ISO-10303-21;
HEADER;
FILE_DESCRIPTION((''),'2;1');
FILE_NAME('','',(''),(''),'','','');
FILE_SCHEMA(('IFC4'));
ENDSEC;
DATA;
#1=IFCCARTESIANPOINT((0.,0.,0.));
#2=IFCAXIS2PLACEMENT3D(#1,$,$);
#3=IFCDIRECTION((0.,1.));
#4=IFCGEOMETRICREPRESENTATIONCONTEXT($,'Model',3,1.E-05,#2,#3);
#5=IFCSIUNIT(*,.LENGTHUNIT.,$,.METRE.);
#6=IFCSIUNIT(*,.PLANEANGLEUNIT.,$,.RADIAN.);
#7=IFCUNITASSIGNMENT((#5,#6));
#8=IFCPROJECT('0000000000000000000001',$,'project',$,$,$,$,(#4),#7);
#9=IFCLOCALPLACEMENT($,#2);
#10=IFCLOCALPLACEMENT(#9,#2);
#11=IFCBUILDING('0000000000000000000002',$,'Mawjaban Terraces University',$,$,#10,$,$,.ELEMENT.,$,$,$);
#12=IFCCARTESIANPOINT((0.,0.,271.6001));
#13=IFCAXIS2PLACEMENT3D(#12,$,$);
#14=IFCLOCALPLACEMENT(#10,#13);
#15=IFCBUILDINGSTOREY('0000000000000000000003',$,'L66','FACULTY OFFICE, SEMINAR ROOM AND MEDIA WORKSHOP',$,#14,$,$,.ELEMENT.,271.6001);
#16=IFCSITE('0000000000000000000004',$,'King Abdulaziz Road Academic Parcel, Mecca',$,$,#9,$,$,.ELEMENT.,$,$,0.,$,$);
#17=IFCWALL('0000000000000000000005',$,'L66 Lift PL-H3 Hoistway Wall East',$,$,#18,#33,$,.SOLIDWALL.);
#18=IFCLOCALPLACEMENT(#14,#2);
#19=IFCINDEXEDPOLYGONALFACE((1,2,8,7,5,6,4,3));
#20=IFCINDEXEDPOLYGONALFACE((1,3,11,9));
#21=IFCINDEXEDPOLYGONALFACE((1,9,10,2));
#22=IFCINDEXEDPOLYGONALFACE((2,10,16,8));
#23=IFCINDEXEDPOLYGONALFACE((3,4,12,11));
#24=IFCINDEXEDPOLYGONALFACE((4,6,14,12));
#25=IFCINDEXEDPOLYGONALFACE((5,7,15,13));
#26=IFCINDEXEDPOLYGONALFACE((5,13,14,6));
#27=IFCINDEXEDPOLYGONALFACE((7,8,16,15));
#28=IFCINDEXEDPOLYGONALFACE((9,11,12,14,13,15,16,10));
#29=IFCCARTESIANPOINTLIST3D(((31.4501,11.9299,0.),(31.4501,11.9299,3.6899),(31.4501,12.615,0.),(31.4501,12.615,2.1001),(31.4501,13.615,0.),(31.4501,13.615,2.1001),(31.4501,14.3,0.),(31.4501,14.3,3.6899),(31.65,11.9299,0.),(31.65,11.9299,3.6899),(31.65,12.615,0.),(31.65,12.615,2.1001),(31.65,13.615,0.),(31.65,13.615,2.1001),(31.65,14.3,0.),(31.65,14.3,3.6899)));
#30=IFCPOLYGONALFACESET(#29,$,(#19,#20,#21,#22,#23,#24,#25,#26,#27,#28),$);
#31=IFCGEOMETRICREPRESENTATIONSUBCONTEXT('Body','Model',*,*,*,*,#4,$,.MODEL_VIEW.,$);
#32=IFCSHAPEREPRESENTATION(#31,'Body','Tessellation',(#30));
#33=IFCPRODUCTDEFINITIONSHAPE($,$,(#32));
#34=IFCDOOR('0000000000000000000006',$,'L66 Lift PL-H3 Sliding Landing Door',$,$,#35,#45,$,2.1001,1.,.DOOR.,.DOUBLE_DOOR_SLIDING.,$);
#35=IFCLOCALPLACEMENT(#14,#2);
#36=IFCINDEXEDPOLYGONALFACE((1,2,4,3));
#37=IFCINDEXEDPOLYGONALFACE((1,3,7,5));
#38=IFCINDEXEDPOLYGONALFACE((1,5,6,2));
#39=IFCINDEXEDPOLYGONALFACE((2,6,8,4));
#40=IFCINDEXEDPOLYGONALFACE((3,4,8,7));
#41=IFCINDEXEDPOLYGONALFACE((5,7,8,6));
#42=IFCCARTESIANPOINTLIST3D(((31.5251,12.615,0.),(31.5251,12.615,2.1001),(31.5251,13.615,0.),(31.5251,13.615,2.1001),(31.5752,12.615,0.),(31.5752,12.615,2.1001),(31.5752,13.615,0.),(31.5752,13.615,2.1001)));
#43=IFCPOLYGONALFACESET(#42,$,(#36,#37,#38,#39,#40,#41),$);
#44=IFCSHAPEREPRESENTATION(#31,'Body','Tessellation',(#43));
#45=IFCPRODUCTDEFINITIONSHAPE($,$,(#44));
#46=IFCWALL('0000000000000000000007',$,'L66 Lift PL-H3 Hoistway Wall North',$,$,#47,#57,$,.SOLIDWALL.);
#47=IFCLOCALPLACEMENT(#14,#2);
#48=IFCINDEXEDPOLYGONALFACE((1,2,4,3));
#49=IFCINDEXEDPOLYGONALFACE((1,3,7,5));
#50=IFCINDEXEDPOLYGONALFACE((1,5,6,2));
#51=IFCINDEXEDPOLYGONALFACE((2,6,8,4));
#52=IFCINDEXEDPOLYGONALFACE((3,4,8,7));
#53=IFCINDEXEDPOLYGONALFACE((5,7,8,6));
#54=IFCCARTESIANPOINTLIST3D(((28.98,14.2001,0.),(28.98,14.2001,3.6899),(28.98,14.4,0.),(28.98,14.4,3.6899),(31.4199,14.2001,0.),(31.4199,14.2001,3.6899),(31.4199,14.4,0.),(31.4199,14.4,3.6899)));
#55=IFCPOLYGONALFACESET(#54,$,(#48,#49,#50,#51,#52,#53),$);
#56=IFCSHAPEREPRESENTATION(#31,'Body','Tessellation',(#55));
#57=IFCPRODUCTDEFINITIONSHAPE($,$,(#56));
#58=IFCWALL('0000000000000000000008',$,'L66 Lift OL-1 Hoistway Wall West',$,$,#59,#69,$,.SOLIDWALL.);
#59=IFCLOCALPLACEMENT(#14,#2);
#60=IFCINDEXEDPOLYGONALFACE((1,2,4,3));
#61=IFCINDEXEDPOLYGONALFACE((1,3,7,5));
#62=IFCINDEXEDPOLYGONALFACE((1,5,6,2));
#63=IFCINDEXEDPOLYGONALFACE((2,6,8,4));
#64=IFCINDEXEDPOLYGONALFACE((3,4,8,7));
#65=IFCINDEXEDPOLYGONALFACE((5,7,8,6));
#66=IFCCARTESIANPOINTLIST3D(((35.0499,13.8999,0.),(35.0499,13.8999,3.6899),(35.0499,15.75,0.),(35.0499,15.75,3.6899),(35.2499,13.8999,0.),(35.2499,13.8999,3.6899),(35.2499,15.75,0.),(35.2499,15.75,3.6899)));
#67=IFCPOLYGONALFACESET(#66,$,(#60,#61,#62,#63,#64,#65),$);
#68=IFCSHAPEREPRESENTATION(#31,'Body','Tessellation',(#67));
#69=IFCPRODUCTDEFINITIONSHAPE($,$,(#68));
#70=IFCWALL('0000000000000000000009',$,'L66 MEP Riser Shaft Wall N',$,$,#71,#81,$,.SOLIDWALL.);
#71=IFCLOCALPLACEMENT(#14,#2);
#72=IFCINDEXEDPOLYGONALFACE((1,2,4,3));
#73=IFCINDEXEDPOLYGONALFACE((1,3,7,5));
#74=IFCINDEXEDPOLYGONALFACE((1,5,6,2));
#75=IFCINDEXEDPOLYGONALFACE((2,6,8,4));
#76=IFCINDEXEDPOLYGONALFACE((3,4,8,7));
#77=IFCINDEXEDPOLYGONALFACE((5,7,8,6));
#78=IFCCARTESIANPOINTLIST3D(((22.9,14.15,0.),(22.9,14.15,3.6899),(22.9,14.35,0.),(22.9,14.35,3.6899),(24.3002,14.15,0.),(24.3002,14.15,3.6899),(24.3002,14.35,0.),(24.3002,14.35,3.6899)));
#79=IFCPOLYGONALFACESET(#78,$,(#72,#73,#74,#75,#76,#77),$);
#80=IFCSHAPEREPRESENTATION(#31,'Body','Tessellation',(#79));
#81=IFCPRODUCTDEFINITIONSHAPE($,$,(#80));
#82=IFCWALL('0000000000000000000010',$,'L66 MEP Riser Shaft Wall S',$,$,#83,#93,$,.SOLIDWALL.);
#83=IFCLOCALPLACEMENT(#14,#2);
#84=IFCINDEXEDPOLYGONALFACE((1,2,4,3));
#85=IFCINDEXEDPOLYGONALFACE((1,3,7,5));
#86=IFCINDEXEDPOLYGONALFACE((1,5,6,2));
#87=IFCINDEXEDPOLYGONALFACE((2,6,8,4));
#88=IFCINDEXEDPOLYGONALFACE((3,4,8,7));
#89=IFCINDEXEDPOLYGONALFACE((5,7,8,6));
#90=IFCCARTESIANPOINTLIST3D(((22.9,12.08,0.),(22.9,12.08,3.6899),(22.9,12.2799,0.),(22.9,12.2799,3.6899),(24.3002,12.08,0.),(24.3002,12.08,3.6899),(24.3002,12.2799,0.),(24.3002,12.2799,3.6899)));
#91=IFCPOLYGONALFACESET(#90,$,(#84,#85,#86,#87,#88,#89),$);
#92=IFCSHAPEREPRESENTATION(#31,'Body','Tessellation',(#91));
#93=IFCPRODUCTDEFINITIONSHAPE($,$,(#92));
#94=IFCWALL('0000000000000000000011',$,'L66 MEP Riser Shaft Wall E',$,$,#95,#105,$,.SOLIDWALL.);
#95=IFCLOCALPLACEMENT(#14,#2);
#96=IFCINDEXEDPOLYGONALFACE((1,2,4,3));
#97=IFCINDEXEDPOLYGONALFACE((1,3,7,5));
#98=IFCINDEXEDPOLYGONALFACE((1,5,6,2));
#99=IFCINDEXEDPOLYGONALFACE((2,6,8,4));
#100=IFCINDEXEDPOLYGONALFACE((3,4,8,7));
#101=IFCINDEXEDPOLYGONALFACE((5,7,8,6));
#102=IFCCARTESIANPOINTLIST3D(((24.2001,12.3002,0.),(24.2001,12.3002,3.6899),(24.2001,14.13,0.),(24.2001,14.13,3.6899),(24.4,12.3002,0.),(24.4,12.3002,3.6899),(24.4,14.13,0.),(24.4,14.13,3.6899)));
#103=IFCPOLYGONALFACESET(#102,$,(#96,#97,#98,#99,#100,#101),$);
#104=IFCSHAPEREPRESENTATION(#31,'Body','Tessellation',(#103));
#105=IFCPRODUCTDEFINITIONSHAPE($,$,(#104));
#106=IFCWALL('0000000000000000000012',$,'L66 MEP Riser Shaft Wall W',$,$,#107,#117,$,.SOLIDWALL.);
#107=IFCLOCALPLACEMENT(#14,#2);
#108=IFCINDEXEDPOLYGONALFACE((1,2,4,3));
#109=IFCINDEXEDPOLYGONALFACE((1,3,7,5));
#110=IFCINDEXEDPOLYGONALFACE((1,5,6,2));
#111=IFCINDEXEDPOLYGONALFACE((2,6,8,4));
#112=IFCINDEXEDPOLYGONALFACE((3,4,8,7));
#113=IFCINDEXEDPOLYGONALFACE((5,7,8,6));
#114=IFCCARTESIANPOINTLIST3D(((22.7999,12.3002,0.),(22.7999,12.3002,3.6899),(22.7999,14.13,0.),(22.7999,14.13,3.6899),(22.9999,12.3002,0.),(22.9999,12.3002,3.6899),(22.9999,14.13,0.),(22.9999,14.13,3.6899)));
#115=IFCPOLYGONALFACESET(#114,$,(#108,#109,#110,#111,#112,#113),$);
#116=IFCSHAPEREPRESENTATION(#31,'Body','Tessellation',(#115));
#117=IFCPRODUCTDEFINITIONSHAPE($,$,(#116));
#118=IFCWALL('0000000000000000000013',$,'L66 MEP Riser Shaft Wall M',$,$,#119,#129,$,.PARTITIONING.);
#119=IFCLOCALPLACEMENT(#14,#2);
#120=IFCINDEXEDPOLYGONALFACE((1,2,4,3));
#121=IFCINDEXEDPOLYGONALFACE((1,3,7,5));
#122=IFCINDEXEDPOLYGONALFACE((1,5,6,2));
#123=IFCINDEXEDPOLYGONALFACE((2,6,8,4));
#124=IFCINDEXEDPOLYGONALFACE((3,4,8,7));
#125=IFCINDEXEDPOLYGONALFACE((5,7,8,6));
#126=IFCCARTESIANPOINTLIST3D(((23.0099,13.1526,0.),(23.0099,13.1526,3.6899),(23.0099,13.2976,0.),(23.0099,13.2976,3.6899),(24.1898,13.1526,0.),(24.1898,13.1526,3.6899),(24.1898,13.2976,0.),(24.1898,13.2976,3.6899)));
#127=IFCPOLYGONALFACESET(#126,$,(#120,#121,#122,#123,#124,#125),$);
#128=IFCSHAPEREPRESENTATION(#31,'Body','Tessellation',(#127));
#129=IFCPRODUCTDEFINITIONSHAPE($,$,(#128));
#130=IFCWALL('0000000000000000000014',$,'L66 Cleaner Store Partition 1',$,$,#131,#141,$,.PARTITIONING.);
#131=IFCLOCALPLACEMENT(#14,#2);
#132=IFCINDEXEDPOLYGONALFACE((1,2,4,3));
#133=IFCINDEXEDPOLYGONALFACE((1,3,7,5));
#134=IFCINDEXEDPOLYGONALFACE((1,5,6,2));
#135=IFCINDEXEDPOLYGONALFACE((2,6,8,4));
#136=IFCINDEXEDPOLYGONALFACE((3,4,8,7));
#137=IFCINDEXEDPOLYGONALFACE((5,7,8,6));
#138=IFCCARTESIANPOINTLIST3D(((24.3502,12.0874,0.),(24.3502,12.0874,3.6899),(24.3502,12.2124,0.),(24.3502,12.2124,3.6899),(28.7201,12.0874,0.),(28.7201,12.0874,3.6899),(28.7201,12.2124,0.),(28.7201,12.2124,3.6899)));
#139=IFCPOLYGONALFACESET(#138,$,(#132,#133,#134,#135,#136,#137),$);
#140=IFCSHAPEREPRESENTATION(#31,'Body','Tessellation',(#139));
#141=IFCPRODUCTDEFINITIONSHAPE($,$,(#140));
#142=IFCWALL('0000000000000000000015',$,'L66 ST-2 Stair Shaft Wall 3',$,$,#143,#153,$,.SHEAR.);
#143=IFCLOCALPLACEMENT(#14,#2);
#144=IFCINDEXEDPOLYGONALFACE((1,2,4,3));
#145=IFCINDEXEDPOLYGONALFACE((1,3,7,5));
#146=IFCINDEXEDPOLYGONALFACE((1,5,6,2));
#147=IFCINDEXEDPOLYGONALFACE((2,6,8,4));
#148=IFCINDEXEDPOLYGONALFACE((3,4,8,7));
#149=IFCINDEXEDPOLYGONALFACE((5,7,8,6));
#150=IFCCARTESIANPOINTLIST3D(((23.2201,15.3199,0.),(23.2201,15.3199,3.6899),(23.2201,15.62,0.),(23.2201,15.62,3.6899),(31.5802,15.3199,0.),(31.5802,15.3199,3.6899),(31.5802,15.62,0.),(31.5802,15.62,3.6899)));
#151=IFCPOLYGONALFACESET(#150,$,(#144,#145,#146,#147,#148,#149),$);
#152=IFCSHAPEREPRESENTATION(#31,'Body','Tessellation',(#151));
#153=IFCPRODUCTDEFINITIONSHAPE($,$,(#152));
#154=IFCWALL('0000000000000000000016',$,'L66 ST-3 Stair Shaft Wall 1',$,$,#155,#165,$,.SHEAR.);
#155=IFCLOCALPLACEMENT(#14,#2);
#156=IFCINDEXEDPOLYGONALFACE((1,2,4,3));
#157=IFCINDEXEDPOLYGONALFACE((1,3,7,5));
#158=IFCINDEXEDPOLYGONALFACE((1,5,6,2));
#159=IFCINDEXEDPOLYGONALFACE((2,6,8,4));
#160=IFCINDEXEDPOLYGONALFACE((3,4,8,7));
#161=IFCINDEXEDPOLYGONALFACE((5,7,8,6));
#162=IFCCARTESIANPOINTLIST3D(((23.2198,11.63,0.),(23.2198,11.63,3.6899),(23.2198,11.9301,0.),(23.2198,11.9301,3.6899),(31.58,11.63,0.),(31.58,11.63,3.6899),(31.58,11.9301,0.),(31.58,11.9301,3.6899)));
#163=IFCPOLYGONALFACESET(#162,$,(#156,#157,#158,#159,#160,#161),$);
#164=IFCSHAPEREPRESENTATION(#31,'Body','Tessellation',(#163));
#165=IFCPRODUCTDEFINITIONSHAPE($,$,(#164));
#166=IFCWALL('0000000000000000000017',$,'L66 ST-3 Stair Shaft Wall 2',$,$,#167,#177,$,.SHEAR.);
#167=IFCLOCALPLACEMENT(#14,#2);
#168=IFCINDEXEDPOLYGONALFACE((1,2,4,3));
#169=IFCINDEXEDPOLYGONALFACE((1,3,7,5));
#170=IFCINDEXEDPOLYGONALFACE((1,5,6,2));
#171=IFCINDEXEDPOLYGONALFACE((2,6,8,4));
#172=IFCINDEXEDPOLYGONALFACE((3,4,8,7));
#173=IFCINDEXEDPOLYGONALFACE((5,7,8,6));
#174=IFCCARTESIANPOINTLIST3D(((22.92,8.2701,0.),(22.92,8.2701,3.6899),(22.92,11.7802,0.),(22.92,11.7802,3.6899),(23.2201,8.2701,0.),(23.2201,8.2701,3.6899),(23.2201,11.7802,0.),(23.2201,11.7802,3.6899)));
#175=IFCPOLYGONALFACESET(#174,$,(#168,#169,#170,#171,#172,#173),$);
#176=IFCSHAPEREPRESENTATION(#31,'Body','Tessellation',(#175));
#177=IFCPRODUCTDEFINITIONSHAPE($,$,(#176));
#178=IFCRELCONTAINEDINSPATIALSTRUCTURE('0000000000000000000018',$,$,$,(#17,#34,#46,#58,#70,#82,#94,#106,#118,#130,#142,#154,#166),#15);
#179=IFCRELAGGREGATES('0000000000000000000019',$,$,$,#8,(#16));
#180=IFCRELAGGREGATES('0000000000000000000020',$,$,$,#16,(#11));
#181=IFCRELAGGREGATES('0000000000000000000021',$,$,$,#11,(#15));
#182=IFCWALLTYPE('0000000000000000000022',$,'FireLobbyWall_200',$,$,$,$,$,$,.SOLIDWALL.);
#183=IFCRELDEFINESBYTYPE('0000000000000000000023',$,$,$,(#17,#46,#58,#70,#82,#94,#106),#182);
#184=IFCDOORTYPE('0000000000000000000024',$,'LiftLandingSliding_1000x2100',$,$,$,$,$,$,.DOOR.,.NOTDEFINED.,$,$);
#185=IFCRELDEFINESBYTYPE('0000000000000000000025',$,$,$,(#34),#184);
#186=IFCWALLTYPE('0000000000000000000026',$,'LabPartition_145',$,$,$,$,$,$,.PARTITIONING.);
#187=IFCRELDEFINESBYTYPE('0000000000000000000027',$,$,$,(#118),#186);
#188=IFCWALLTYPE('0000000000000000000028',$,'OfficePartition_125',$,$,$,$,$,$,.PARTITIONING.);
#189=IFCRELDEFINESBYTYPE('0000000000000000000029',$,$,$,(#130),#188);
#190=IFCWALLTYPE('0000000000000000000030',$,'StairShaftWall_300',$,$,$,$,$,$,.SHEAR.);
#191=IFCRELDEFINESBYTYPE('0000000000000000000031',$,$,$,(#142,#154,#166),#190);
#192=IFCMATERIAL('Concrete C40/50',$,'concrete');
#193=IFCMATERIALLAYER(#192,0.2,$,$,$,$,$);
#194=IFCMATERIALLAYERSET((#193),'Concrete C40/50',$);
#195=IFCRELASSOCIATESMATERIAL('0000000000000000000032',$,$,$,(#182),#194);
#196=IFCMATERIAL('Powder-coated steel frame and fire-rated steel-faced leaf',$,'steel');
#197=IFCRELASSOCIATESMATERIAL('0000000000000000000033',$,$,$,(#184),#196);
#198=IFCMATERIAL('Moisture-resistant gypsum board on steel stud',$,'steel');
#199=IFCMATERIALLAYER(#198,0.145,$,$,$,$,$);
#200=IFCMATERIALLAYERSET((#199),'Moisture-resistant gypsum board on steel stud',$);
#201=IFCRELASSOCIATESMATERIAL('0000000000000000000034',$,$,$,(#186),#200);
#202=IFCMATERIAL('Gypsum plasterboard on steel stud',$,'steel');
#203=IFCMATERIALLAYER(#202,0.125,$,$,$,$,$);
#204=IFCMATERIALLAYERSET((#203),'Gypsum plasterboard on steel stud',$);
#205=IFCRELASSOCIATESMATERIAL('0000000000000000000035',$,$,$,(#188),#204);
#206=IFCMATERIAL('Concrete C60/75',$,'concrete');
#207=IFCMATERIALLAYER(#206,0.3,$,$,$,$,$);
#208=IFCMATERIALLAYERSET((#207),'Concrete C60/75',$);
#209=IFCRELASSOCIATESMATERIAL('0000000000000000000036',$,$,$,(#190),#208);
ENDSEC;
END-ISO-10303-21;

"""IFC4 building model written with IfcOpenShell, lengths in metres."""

from ifc_helpers import new_model, si_unit, direction, frame, frame_2d, origin, place, context, subcontext, project, spatial, rectangle, extrude, material, layer, layer_set, type_object, element, fill, save


model = new_model("IFC4")

# Units and contexts
model_context = context("Model", 3, precision=1e-05, world=origin(), true_north=direction((0.0, 1.0)))
body_context = subcontext(model_context, "Body", "Model", "MODEL_VIEW")
ifc_project = project(units=[si_unit("LENGTHUNIT", "METRE"), si_unit("PLANEANGLEUNIT", "RADIAN")], contexts=[model_context])

# Site, building, storey
site_placement = place(None, origin())
site = spatial("IfcSite", under=ifc_project, at=site_placement, Name="King Abdulaziz Road Academic Parcel, Mecca", CompositionType="ELEMENT", RefElevation=0.0)
building_placement = place(site_placement, origin())
building = spatial("IfcBuilding", under=site, at=building_placement, Name="Mawjaban Terraces University", CompositionType="ELEMENT")
storey_placement = place(building_placement, frame((0.0, 0.0, 271.6001)))
storey = spatial("IfcBuildingStorey", under=building, at=storey_placement, Name="L66", Description="FACULTY OFFICE, SEMINAR ROOM AND MEDIA WORKSHOP", CompositionType="ELEMENT", Elevation=271.6001)

# Shared definitions
ifc_material_1 = material(Name="Concrete C40/50", Category="concrete")
ifc_layer_1 = layer(ifc_material_1, 0.2)
ifc_layer_set_1 = layer_set([ifc_layer_1], Name="Concrete C40/50")
wall_type_1 = type_object("IfcWallType", Name="FireLobbyWall_200", PredefinedType="SOLIDWALL", material=ifc_layer_set_1)
ifc_material_2 = material(Name="Powder-coated steel frame and fire-rated steel-faced leaf", Category="steel")
door_type_1 = type_object("IfcDoorType", Name="LiftLandingSliding_1000x2100", OperationType="NOTDEFINED", PredefinedType="DOOR", material=ifc_material_2)

# Wall, opening, door
wall_1_placement = place(storey_placement, frame((31.55, 11.9299, 0.0), z_axis=(0.0, 0.0, 1.0), x_axis=(0.0, 1.0, 0.0)))
wall_1 = element("IfcWall", 1, at=wall_1_placement, inside=storey, type_object=wall_type_1, Name="L66 Lift PL-H3 Hoistway Wall East", PredefinedType="SOLIDWALL", context=body_context, shape_type="SweptSolid", body=[
    extrude(rectangle(XDim=2.3701, YDim=0.2, at=frame_2d((1.1851, 0.0))), origin(), (0.0, 0.0, 1.0), 3.6899),
])
opening_1_placement = place(wall_1_placement, frame((0.6851, 0.0, 0.0)))
opening_1 = element("IfcOpeningElement", 2, at=opening_1_placement, cuts=wall_1, PredefinedType="OPENING", context=body_context, shape_type="SweptSolid", body=[
    extrude(rectangle(XDim=1.0, YDim=2.1001, at=frame_2d((0.5, 1.05))), frame((0.0, 0.1099, 0.0), z_axis=(0.0, -1.0, 0.0), x_axis=(1.0, 0.0, 0.0)), (0.0, 0.0, 1.0), 0.22),
])
door_1_placement = place(opening_1_placement, origin())
door_1 = element("IfcDoor", 3, at=door_1_placement, inside=storey, type_object=door_type_1, Name="L66 Lift PL-H3 Sliding Landing Door", OperationType="DOUBLE_DOOR_SLIDING", OverallHeight=2.1001, OverallWidth=1.0, PredefinedType="DOOR", context=body_context, shape_type="SweptSolid", body=[
    extrude(rectangle(XDim=1.0, YDim=2.1001, at=frame_2d((0.5, 1.05))), frame((0.0, 0.0249, 0.0), z_axis=(0.0, -1.0, 0.0), x_axis=(1.0, 0.0, 0.0)), (0.0, 0.0, 1.0), 0.05),
])
fill(opening_1, door_1)

# Walls
wall_2_placement = place(storey_placement, frame((31.4199, 14.3, 0.0), z_axis=(0.0, 0.0, 1.0), x_axis=(-1.0, 0.0, 0.0)))
element("IfcWall", 4, at=wall_2_placement, inside=storey, type_object=wall_type_1, Name="L66 Lift PL-H3 Hoistway Wall North", PredefinedType="SOLIDWALL", context=body_context, shape_type="SweptSolid", body=[
    extrude(rectangle(XDim=2.4399, YDim=0.2, at=frame_2d((1.22, 0.0))), origin(), (0.0, 0.0, 1.0), 3.6899),
])
wall_3_placement = place(storey_placement, frame((35.1499, 15.75, 0.0), z_axis=(0.0, 0.0, 1.0), x_axis=(0.0, -1.0, 0.0)))
element("IfcWall", 5, at=wall_3_placement, inside=storey, type_object=wall_type_1, Name="L66 Lift OL-1 Hoistway Wall West", PredefinedType="SOLIDWALL", context=body_context, shape_type="SweptSolid", body=[
    extrude(rectangle(XDim=1.8501, YDim=0.2, at=frame_2d((0.925, 0.0))), origin(), (0.0, 0.0, 1.0), 3.6899),
])
for number, where, z_axis, x_axis, name in (
    (6, (22.8999, 14.25, 0.0), (0.0, 0.0, 1.0), (1.0, 0.0, 0.0), "L66 MEP Riser Shaft Wall N"),
    (7, (22.8999, 12.1799, 0.0), (0.0, 0.0, 1.0), (1.0, 0.0, 0.0), "L66 MEP Riser Shaft Wall S"),
):
    element("IfcWall", number, at=place(storey_placement, frame(where, z_axis=z_axis, x_axis=x_axis)), inside=storey, type_object=wall_type_1, Name=name, PredefinedType="SOLIDWALL", context=body_context, shape_type="SweptSolid", body=[
        extrude(rectangle(XDim=1.4001, YDim=0.2, at=frame_2d((0.7002, 0.0))), origin(), (0.0, 0.0, 1.0), 3.6899),
    ])
for number, where, z_axis, x_axis, name in (
    (8, (24.3, 12.3, 0.0), (0.0, 0.0, 1.0), (0.0, 1.0, 0.0), "L66 MEP Riser Shaft Wall E"),
    (9, (22.8999, 12.3, 0.0), (0.0, 0.0, 1.0), (0.0, 1.0, 0.0), "L66 MEP Riser Shaft Wall W"),
):
    element("IfcWall", number, at=place(storey_placement, frame(where, z_axis=z_axis, x_axis=x_axis)), inside=storey, type_object=wall_type_1, Name=name, PredefinedType="SOLIDWALL", context=body_context, shape_type="SweptSolid", body=[
        extrude(rectangle(XDim=1.8298, YDim=0.2, at=frame_2d((0.915, 0.0))), origin(), (0.0, 0.0, 1.0), 3.6899),
    ])
ifc_material_3 = material(Name="Moisture-resistant gypsum board on steel stud", Category="steel")
ifc_layer_2 = layer(ifc_material_3, 0.145)
ifc_layer_set_2 = layer_set([ifc_layer_2], Name="Moisture-resistant gypsum board on steel stud")
wall_type_2 = type_object("IfcWallType", Name="LabPartition_145", PredefinedType="PARTITIONING", material=ifc_layer_set_2)
wall_4_placement = place(storey_placement, frame((23.01, 13.2251, 0.0), z_axis=(0.0, 0.0, 1.0), x_axis=(1.0, 0.0, 0.0)))
element("IfcWall", 10, at=wall_4_placement, inside=storey, type_object=wall_type_2, Name="L66 MEP Riser Shaft Wall M", PredefinedType="PARTITIONING", context=body_context, shape_type="SweptSolid", body=[
    extrude(rectangle(XDim=1.1799, YDim=0.145, at=frame_2d((0.5898, 0.0))), origin(), (0.0, 0.0, 1.0), 3.6899),
])
ifc_material_4 = material(Name="Gypsum plasterboard on steel stud", Category="steel")
ifc_layer_3 = layer(ifc_material_4, 0.125)
ifc_layer_set_3 = layer_set([ifc_layer_3], Name="Gypsum plasterboard on steel stud")
wall_type_3 = type_object("IfcWallType", Name="OfficePartition_125", PredefinedType="PARTITIONING", material=ifc_layer_set_3)
wall_5_placement = place(storey_placement, frame((24.3501, 12.1499, 0.0), z_axis=(0.0, 0.0, 1.0), x_axis=(1.0, 0.0, 0.0)))
element("IfcWall", 11, at=wall_5_placement, inside=storey, type_object=wall_type_3, Name="L66 Cleaner Store Partition 1", PredefinedType="PARTITIONING", context=body_context, shape_type="SweptSolid", body=[
    extrude(rectangle(XDim=4.3699, YDim=0.125, at=frame_2d((2.1851, 0.0))), origin(), (0.0, 0.0, 1.0), 3.6899),
])
ifc_material_5 = material(Name="Concrete C60/75", Category="concrete")
ifc_layer_4 = layer(ifc_material_5, 0.3)
ifc_layer_set_4 = layer_set([ifc_layer_4], Name="Concrete C60/75")
wall_type_4 = type_object("IfcWallType", Name="StairShaftWall_300", PredefinedType="SHEAR", material=ifc_layer_set_4)
wall_6_placement = place(storey_placement, frame((23.22, 15.47, 0.0), z_axis=(0.0, 0.0, 1.0), x_axis=(1.0, 0.0, 0.0)))
element("IfcWall", 12, at=wall_6_placement, inside=storey, type_object=wall_type_4, Name="L66 ST-2 Stair Shaft Wall 3", PredefinedType="SHEAR", context=body_context, shape_type="SweptSolid", body=[
    extrude(rectangle(XDim=8.3601, YDim=0.3, at=frame_2d((4.1802, 0.0))), origin(), (0.0, 0.0, 1.0), 3.6899),
])

# Walls
wall_7_placement = place(storey_placement, frame((31.5801, 11.78, 0.0), z_axis=(0.0, 0.0, 1.0), x_axis=(-1.0, 0.0, 0.0)))
element("IfcWall", 13, at=wall_7_placement, inside=storey, type_object=wall_type_4, Name="L66 ST-3 Stair Shaft Wall 1", PredefinedType="SHEAR", context=body_context, shape_type="SweptSolid", body=[
    extrude(rectangle(XDim=8.3601, YDim=0.3, at=frame_2d((4.1802, 0.0))), origin(), (0.0, 0.0, 1.0), 3.6899),
])
wall_8_placement = place(storey_placement, frame((23.0701, 11.78, 0.0), z_axis=(0.0, 0.0, 1.0), x_axis=(0.0, -1.0, 0.0)))
element("IfcWall", 14, at=wall_8_placement, inside=storey, type_object=wall_type_4, Name="L66 ST-3 Stair Shaft Wall 2", PredefinedType="SHEAR", context=body_context, shape_type="SweptSolid", body=[
    extrude(rectangle(XDim=3.51, YDim=0.3, at=frame_2d((1.7549, 0.0))), origin(), (0.0, 0.0, 1.0), 3.6899),
])

save(model, "model.ifc")
